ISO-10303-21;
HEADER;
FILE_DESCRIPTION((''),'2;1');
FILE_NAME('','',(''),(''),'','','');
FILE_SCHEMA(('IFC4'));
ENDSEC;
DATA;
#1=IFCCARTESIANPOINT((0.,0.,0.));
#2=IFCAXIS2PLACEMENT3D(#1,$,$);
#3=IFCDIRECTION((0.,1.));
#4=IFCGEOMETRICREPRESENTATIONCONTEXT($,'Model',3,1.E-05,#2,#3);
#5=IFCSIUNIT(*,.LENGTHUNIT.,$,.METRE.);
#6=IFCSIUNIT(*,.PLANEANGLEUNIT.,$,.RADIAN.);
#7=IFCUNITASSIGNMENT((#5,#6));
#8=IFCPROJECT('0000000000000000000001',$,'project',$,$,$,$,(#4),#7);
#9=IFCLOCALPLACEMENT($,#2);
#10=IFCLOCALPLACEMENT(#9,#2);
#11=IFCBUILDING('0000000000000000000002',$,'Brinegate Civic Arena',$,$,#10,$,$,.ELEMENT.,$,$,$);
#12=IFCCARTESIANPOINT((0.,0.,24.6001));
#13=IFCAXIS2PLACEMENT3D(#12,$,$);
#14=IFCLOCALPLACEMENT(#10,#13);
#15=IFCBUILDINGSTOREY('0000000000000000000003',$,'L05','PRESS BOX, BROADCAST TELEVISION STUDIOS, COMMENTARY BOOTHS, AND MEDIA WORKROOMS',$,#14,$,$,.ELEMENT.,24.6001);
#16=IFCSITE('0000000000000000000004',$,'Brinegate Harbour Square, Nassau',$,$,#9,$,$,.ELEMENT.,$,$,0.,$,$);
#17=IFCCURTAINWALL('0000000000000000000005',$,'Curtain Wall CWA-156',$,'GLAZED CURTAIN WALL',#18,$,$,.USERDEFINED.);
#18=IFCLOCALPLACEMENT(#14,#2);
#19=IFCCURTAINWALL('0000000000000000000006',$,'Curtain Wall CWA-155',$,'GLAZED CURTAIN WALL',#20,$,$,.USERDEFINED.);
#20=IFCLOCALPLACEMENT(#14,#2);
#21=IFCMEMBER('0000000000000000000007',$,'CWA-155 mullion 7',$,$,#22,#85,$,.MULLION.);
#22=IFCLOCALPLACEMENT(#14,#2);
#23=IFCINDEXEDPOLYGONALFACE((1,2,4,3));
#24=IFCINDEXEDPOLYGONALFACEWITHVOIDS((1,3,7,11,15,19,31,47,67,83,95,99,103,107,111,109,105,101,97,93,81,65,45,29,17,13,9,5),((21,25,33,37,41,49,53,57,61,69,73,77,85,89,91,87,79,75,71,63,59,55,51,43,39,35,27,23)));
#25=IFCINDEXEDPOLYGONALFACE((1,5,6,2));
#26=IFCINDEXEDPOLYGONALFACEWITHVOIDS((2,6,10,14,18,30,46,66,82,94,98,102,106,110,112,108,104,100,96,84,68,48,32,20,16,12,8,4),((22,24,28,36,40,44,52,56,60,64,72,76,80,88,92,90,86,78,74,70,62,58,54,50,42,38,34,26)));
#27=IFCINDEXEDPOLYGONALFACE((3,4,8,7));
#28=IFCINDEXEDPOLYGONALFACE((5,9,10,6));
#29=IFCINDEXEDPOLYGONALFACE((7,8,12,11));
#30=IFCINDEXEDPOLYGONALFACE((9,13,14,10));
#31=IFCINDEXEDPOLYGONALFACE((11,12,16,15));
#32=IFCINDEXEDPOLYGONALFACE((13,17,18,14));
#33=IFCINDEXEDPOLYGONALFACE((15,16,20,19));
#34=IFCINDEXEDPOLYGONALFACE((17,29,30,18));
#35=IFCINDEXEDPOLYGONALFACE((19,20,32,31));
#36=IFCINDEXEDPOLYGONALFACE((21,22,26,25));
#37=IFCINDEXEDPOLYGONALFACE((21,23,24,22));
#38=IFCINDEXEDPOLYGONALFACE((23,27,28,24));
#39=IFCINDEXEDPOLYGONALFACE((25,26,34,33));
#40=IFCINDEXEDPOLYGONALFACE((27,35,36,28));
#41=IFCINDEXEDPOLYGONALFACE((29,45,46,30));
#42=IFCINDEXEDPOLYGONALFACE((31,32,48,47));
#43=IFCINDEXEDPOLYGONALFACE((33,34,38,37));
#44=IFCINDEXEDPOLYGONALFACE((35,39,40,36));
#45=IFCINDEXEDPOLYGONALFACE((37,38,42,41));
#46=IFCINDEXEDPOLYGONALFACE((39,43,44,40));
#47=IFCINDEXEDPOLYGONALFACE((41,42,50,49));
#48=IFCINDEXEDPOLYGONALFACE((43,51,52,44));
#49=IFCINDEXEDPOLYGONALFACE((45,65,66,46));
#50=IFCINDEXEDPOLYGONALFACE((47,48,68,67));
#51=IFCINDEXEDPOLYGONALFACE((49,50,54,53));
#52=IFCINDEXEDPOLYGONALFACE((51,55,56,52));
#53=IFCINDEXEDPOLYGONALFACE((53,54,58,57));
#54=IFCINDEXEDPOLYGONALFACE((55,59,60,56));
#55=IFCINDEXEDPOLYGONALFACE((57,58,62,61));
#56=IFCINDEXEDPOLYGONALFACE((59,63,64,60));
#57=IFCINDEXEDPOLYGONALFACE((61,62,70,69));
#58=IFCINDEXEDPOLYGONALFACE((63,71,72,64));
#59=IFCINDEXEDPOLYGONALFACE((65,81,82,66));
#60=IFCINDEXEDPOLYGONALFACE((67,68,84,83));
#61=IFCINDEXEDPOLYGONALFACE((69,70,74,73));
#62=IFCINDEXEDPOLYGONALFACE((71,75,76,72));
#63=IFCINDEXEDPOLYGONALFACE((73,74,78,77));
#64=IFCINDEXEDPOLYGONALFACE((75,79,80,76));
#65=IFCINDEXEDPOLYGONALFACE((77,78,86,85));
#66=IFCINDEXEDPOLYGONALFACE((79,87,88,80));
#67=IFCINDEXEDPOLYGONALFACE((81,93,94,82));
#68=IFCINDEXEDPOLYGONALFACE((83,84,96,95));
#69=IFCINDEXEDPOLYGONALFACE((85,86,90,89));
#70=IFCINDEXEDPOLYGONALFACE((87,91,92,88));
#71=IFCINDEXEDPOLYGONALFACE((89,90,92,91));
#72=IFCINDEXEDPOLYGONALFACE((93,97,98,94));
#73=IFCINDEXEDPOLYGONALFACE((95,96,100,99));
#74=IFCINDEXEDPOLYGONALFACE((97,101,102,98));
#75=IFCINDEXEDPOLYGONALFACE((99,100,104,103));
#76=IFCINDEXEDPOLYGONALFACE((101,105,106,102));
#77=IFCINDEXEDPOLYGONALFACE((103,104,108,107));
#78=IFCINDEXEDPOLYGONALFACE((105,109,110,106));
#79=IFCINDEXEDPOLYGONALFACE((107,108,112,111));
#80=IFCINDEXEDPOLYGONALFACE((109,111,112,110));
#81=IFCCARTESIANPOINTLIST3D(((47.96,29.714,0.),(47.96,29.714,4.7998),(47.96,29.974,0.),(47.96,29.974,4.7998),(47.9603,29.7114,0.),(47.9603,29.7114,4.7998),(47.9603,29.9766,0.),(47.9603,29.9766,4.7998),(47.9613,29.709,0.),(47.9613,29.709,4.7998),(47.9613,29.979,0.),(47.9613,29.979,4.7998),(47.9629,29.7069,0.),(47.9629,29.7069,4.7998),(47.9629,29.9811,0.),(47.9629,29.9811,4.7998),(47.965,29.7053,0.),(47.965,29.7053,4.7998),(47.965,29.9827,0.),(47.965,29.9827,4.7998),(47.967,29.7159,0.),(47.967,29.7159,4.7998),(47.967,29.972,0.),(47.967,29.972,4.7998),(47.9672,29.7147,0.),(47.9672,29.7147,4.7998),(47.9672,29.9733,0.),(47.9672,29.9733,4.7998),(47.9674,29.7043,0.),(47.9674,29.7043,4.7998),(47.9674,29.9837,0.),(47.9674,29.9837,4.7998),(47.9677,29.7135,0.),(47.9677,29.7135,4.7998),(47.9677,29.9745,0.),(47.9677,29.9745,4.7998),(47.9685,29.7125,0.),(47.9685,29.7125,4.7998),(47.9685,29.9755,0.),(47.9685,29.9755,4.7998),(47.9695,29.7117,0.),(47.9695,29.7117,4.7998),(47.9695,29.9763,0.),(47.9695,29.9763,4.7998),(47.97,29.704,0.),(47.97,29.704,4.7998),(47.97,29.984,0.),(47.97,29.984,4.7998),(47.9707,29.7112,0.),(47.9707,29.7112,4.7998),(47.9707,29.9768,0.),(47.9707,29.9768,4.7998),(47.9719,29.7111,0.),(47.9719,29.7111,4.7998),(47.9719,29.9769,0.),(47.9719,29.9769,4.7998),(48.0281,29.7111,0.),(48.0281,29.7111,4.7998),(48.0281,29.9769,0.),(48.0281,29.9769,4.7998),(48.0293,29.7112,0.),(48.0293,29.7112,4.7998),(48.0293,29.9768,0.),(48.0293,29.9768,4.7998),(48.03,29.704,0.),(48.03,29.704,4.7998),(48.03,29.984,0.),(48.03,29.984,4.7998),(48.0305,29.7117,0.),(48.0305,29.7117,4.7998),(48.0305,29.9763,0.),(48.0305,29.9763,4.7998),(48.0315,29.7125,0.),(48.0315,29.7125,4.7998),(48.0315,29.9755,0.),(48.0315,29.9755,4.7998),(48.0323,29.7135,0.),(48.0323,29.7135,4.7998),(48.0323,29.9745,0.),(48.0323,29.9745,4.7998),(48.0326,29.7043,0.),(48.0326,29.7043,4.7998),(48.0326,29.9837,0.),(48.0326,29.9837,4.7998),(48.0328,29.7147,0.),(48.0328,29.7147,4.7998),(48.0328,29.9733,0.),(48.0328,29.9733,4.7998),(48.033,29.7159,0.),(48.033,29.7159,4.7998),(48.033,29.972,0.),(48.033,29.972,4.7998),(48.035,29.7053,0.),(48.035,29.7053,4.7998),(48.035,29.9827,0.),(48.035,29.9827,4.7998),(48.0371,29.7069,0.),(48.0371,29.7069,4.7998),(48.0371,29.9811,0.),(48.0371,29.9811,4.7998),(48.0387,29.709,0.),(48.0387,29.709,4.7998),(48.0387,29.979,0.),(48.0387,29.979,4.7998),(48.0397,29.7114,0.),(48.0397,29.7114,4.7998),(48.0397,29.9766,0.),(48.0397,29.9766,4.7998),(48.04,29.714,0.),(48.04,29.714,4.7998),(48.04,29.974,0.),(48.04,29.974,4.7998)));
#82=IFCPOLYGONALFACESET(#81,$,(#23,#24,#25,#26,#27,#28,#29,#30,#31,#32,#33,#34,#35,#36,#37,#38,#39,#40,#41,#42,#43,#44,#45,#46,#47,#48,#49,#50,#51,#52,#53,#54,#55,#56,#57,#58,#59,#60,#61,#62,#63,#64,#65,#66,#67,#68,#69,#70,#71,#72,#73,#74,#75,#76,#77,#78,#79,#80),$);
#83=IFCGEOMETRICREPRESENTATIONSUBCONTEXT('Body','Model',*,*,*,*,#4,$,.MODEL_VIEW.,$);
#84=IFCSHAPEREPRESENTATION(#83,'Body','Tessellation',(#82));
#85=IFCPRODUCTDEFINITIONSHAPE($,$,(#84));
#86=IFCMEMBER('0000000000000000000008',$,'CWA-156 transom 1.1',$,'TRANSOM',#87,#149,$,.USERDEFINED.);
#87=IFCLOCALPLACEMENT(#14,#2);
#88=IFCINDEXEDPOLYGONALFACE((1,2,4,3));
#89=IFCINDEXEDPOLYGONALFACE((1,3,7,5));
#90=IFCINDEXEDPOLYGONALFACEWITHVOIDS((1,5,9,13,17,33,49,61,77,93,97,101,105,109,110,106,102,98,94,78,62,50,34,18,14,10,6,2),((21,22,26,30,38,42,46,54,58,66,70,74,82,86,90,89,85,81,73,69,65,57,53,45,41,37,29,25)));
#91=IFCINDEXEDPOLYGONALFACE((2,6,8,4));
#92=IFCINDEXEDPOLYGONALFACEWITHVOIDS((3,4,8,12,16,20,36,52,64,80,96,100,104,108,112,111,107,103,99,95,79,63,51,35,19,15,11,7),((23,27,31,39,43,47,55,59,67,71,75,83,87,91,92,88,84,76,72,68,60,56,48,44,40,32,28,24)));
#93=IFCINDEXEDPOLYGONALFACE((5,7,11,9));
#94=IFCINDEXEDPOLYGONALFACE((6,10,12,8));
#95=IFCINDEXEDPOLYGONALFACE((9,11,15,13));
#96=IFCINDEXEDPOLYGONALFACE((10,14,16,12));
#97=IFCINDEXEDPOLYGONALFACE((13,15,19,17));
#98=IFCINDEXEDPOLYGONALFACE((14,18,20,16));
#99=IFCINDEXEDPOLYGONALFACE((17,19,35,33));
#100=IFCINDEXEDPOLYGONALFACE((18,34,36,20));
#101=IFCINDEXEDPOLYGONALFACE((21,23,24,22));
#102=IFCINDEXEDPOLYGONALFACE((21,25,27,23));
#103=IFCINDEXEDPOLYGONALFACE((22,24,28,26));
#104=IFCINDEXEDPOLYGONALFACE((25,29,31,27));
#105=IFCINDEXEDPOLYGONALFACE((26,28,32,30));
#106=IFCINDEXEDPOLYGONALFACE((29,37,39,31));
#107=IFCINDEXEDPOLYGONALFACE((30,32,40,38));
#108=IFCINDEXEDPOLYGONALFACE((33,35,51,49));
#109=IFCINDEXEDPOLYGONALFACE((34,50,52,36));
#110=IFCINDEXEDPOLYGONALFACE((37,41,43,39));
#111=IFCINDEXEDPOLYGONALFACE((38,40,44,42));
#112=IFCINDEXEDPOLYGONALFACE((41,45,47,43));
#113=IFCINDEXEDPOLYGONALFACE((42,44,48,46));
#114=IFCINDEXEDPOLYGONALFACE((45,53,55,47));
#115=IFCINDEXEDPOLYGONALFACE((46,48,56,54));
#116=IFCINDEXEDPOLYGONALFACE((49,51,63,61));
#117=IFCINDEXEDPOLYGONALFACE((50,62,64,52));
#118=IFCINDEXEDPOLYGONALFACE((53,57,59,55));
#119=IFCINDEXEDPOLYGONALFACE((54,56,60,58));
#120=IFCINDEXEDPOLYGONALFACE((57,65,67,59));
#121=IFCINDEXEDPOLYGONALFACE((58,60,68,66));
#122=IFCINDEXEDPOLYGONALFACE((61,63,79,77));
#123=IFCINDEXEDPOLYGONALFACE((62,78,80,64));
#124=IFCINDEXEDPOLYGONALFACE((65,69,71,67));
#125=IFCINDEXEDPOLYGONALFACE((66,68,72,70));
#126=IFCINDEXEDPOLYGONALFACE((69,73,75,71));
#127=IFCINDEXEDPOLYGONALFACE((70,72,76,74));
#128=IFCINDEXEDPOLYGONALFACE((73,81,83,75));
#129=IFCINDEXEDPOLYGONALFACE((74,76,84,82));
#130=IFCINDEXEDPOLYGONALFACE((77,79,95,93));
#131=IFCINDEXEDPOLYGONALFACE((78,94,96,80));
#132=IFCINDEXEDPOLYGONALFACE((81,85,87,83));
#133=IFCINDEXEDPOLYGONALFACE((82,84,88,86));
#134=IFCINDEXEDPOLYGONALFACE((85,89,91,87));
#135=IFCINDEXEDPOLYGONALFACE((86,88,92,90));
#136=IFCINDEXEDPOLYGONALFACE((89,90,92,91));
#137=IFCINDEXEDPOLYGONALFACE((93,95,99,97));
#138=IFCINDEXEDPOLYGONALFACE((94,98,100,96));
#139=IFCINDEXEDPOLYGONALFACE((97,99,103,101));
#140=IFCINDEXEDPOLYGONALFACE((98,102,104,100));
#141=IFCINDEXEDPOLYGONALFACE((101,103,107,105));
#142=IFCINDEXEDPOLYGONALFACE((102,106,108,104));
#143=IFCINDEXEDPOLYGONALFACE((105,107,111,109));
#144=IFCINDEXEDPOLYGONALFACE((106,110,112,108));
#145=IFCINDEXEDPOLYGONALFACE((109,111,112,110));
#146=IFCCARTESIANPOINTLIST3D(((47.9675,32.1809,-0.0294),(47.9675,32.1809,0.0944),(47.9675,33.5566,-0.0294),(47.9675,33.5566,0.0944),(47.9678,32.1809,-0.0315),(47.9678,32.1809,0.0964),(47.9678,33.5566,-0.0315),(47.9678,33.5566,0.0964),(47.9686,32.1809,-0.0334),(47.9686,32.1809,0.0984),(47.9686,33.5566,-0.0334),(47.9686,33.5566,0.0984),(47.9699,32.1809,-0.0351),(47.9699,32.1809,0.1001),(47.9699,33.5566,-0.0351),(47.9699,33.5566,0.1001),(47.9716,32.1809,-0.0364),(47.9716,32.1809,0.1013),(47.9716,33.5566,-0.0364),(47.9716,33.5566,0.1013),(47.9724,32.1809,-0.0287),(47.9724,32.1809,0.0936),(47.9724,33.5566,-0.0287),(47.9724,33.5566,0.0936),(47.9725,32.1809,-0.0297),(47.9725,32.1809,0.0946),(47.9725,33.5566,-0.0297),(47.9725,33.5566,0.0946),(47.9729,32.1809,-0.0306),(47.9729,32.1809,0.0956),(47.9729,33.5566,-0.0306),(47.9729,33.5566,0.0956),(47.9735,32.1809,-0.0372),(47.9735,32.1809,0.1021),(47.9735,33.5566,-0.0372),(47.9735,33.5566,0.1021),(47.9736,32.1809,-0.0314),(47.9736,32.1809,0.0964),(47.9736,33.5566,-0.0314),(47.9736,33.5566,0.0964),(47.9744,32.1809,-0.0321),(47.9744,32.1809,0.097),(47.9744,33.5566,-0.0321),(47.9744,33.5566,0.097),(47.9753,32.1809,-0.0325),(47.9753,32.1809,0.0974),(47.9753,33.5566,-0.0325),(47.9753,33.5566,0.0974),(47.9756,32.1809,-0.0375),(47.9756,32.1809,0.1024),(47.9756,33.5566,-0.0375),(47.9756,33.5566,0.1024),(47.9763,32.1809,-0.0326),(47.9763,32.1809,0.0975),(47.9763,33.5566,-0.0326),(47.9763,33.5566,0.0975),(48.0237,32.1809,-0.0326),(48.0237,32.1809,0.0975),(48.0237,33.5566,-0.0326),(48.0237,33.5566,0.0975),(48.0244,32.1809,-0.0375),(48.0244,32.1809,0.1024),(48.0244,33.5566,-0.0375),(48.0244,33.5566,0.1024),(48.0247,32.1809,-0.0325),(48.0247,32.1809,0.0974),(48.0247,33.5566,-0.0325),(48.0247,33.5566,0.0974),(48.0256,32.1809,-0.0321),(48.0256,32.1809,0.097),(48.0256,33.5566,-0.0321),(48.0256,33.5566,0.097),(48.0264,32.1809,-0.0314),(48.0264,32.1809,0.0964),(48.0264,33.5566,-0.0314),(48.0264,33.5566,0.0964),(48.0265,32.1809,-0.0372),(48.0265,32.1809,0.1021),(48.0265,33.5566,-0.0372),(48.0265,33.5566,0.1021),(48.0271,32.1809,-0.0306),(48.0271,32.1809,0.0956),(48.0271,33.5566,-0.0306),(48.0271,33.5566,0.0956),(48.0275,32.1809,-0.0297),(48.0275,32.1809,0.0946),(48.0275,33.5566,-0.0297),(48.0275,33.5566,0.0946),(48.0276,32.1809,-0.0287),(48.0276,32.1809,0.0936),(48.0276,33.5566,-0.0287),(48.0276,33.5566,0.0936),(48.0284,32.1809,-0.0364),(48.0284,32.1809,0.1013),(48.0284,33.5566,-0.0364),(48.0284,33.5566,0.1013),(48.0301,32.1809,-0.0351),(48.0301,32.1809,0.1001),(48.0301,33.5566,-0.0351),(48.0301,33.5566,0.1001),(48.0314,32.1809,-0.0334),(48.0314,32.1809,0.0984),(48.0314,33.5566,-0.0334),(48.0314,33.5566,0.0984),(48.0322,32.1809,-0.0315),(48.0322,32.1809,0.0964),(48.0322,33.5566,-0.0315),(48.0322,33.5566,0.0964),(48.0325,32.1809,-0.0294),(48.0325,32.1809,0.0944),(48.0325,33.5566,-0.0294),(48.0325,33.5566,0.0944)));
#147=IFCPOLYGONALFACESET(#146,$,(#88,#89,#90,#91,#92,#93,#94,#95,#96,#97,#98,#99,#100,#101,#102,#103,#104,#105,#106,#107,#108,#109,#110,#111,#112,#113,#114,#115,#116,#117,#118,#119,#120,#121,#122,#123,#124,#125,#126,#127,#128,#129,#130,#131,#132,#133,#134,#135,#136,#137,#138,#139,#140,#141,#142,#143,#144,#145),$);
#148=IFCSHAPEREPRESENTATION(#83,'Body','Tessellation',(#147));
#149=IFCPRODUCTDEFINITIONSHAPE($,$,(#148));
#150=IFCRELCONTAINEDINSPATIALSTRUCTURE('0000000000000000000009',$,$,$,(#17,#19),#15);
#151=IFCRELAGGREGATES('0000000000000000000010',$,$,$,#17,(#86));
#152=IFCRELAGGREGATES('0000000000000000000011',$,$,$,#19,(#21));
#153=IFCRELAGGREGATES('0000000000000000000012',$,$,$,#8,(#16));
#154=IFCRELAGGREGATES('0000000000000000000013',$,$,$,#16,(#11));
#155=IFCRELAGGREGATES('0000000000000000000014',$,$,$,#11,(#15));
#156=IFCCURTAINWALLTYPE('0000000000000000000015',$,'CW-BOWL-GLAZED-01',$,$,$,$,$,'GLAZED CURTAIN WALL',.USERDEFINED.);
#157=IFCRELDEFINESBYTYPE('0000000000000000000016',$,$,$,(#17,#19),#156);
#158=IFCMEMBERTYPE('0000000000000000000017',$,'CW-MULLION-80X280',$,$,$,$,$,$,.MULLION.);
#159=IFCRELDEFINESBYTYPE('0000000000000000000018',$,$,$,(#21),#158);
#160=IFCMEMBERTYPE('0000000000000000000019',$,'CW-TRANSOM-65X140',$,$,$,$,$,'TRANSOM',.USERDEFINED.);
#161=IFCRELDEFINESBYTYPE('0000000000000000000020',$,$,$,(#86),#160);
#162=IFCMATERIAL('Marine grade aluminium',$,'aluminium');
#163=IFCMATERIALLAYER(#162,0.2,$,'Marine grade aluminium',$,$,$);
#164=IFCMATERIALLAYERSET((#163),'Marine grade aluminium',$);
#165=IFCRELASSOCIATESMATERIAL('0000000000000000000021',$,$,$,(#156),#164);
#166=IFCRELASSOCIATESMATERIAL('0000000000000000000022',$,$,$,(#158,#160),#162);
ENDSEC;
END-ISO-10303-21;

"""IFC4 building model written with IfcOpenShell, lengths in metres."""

from ifc_helpers import new_model, si_unit, direction, frame, origin, origin_2d, place, context, subcontext, project, spatial, hollow_rectangle, extrude, material, layer, layer_set, material_profile, profile_set, type_object, element, aggregate, save


model = new_model("IFC4")

# Units and contexts
model_context = context("Model", 3, precision=1e-05, world=origin(), true_north=direction((0.0, 1.0)))
body_context = subcontext(model_context, "Body", "Model", "MODEL_VIEW")
ifc_project = project(units=[si_unit("LENGTHUNIT", "METRE"), si_unit("PLANEANGLEUNIT", "RADIAN")], contexts=[model_context])

# Site, building, storey
site_placement = place(None, origin())
site = spatial("IfcSite", under=ifc_project, at=site_placement, Name="Brinegate Harbour Square, Nassau", CompositionType="ELEMENT", RefElevation=0.0)
building_placement = place(site_placement, origin())
building = spatial("IfcBuilding", under=site, at=building_placement, Name="Brinegate Civic Arena", CompositionType="ELEMENT")
storey_placement = place(building_placement, frame((0.0, 0.0, 24.6001)))
storey = spatial("IfcBuildingStorey", under=building, at=storey_placement, Name="L05", Description="PRESS BOX, BROADCAST TELEVISION STUDIOS, COMMENTARY BOOTHS, AND MEDIA WORKROOMS", CompositionType="ELEMENT", Elevation=24.6001)

# Curtain wall
ifc_material_1 = material(Name="Marine grade aluminium", Category="aluminium")
ifc_layer_1 = layer(ifc_material_1, 0.2, Name="Marine grade aluminium")
ifc_layer_set_1 = layer_set([ifc_layer_1], Name="Marine grade aluminium")
curtain_wall_type = type_object("IfcCurtainWallType", Name="CW-BOWL-GLAZED-01", ElementType="GLAZED CURTAIN WALL", PredefinedType="USERDEFINED", material=ifc_layer_set_1)
curtain_wall_1_placement = place(storey_placement, origin())
curtain_wall_1 = element("IfcCurtainWall", 1, at=curtain_wall_1_placement, inside=storey, type_object=curtain_wall_type, Name="Curtain Wall CWA-156", ObjectType="GLAZED CURTAIN WALL", PredefinedType="USERDEFINED")

# Curtain wall, member
curtain_wall_2_placement = place(storey_placement, origin())
curtain_wall_2 = element("IfcCurtainWall", 2, at=curtain_wall_2_placement, inside=storey, type_object=curtain_wall_type, Name="Curtain Wall CWA-155", ObjectType="GLAZED CURTAIN WALL", PredefinedType="USERDEFINED")
ifc_material_profile_1 = material_profile(ifc_material_1, hollow_rectangle(XDim=0.0801, YDim=0.28, WallThickness=0.0071, InnerFilletRadius=0.0049, OuterFilletRadius=0.01, at=origin_2d()), Name="MUL80X280")
ifc_profile_set_1 = profile_set([ifc_material_profile_1], Name="Marine grade aluminium")
member_type_1 = type_object("IfcMemberType", Name="CW-MULLION-80X280", PredefinedType="MULLION", material=ifc_profile_set_1)
member_1_placement = place(storey_placement, frame((48.0, 29.844, 0.0), z_axis=(0.0, 0.0, 1.0), x_axis=(-1.0, 0.0, 0.0)))
member_1 = element("IfcMember", 3, at=member_1_placement, type_object=member_type_1, Name="CWA-155 mullion 7", PredefinedType="MULLION", context=body_context, shape_type="SweptSolid", body=[
    extrude(hollow_rectangle(XDim=0.0801, YDim=0.28, WallThickness=0.0071, InnerFilletRadius=0.0049, OuterFilletRadius=0.01, at=origin_2d()), origin(), (0.0, 0.0, 1.0), 4.7998),
])

# Member
ifc_material_profile_2 = material_profile(ifc_material_1, hollow_rectangle(XDim=0.0649, YDim=0.1399, WallThickness=0.0049, InnerFilletRadius=0.0039, OuterFilletRadius=0.0081, at=origin_2d()), Name="TRN65X140")
ifc_profile_set_2 = profile_set([ifc_material_profile_2], Name="Marine grade aluminium")
member_type_2 = type_object("IfcMemberType", Name="CW-TRANSOM-65X140", ElementType="TRANSOM", PredefinedType="USERDEFINED", material=ifc_profile_set_2)
member_2_placement = place(storey_placement, frame((48.0, 32.1809, 0.0325), z_axis=(0.0, 1.0, 0.0), x_axis=(-1.0, 0.0, 0.0)))
member_2 = element("IfcMember", 4, at=member_2_placement, type_object=member_type_2, Name="CWA-156 transom 1.1", ObjectType="TRANSOM", PredefinedType="USERDEFINED", context=body_context, shape_type="SweptSolid", body=[
    extrude(hollow_rectangle(XDim=0.0649, YDim=0.1399, WallThickness=0.0049, InnerFilletRadius=0.0039, OuterFilletRadius=0.0081, at=origin_2d()), origin(), (0.0, 0.0, 1.0), 1.3757),
])

aggregate(curtain_wall_1, [member_2])
aggregate(curtain_wall_2, [member_1])

save(model, "model.ifc")
